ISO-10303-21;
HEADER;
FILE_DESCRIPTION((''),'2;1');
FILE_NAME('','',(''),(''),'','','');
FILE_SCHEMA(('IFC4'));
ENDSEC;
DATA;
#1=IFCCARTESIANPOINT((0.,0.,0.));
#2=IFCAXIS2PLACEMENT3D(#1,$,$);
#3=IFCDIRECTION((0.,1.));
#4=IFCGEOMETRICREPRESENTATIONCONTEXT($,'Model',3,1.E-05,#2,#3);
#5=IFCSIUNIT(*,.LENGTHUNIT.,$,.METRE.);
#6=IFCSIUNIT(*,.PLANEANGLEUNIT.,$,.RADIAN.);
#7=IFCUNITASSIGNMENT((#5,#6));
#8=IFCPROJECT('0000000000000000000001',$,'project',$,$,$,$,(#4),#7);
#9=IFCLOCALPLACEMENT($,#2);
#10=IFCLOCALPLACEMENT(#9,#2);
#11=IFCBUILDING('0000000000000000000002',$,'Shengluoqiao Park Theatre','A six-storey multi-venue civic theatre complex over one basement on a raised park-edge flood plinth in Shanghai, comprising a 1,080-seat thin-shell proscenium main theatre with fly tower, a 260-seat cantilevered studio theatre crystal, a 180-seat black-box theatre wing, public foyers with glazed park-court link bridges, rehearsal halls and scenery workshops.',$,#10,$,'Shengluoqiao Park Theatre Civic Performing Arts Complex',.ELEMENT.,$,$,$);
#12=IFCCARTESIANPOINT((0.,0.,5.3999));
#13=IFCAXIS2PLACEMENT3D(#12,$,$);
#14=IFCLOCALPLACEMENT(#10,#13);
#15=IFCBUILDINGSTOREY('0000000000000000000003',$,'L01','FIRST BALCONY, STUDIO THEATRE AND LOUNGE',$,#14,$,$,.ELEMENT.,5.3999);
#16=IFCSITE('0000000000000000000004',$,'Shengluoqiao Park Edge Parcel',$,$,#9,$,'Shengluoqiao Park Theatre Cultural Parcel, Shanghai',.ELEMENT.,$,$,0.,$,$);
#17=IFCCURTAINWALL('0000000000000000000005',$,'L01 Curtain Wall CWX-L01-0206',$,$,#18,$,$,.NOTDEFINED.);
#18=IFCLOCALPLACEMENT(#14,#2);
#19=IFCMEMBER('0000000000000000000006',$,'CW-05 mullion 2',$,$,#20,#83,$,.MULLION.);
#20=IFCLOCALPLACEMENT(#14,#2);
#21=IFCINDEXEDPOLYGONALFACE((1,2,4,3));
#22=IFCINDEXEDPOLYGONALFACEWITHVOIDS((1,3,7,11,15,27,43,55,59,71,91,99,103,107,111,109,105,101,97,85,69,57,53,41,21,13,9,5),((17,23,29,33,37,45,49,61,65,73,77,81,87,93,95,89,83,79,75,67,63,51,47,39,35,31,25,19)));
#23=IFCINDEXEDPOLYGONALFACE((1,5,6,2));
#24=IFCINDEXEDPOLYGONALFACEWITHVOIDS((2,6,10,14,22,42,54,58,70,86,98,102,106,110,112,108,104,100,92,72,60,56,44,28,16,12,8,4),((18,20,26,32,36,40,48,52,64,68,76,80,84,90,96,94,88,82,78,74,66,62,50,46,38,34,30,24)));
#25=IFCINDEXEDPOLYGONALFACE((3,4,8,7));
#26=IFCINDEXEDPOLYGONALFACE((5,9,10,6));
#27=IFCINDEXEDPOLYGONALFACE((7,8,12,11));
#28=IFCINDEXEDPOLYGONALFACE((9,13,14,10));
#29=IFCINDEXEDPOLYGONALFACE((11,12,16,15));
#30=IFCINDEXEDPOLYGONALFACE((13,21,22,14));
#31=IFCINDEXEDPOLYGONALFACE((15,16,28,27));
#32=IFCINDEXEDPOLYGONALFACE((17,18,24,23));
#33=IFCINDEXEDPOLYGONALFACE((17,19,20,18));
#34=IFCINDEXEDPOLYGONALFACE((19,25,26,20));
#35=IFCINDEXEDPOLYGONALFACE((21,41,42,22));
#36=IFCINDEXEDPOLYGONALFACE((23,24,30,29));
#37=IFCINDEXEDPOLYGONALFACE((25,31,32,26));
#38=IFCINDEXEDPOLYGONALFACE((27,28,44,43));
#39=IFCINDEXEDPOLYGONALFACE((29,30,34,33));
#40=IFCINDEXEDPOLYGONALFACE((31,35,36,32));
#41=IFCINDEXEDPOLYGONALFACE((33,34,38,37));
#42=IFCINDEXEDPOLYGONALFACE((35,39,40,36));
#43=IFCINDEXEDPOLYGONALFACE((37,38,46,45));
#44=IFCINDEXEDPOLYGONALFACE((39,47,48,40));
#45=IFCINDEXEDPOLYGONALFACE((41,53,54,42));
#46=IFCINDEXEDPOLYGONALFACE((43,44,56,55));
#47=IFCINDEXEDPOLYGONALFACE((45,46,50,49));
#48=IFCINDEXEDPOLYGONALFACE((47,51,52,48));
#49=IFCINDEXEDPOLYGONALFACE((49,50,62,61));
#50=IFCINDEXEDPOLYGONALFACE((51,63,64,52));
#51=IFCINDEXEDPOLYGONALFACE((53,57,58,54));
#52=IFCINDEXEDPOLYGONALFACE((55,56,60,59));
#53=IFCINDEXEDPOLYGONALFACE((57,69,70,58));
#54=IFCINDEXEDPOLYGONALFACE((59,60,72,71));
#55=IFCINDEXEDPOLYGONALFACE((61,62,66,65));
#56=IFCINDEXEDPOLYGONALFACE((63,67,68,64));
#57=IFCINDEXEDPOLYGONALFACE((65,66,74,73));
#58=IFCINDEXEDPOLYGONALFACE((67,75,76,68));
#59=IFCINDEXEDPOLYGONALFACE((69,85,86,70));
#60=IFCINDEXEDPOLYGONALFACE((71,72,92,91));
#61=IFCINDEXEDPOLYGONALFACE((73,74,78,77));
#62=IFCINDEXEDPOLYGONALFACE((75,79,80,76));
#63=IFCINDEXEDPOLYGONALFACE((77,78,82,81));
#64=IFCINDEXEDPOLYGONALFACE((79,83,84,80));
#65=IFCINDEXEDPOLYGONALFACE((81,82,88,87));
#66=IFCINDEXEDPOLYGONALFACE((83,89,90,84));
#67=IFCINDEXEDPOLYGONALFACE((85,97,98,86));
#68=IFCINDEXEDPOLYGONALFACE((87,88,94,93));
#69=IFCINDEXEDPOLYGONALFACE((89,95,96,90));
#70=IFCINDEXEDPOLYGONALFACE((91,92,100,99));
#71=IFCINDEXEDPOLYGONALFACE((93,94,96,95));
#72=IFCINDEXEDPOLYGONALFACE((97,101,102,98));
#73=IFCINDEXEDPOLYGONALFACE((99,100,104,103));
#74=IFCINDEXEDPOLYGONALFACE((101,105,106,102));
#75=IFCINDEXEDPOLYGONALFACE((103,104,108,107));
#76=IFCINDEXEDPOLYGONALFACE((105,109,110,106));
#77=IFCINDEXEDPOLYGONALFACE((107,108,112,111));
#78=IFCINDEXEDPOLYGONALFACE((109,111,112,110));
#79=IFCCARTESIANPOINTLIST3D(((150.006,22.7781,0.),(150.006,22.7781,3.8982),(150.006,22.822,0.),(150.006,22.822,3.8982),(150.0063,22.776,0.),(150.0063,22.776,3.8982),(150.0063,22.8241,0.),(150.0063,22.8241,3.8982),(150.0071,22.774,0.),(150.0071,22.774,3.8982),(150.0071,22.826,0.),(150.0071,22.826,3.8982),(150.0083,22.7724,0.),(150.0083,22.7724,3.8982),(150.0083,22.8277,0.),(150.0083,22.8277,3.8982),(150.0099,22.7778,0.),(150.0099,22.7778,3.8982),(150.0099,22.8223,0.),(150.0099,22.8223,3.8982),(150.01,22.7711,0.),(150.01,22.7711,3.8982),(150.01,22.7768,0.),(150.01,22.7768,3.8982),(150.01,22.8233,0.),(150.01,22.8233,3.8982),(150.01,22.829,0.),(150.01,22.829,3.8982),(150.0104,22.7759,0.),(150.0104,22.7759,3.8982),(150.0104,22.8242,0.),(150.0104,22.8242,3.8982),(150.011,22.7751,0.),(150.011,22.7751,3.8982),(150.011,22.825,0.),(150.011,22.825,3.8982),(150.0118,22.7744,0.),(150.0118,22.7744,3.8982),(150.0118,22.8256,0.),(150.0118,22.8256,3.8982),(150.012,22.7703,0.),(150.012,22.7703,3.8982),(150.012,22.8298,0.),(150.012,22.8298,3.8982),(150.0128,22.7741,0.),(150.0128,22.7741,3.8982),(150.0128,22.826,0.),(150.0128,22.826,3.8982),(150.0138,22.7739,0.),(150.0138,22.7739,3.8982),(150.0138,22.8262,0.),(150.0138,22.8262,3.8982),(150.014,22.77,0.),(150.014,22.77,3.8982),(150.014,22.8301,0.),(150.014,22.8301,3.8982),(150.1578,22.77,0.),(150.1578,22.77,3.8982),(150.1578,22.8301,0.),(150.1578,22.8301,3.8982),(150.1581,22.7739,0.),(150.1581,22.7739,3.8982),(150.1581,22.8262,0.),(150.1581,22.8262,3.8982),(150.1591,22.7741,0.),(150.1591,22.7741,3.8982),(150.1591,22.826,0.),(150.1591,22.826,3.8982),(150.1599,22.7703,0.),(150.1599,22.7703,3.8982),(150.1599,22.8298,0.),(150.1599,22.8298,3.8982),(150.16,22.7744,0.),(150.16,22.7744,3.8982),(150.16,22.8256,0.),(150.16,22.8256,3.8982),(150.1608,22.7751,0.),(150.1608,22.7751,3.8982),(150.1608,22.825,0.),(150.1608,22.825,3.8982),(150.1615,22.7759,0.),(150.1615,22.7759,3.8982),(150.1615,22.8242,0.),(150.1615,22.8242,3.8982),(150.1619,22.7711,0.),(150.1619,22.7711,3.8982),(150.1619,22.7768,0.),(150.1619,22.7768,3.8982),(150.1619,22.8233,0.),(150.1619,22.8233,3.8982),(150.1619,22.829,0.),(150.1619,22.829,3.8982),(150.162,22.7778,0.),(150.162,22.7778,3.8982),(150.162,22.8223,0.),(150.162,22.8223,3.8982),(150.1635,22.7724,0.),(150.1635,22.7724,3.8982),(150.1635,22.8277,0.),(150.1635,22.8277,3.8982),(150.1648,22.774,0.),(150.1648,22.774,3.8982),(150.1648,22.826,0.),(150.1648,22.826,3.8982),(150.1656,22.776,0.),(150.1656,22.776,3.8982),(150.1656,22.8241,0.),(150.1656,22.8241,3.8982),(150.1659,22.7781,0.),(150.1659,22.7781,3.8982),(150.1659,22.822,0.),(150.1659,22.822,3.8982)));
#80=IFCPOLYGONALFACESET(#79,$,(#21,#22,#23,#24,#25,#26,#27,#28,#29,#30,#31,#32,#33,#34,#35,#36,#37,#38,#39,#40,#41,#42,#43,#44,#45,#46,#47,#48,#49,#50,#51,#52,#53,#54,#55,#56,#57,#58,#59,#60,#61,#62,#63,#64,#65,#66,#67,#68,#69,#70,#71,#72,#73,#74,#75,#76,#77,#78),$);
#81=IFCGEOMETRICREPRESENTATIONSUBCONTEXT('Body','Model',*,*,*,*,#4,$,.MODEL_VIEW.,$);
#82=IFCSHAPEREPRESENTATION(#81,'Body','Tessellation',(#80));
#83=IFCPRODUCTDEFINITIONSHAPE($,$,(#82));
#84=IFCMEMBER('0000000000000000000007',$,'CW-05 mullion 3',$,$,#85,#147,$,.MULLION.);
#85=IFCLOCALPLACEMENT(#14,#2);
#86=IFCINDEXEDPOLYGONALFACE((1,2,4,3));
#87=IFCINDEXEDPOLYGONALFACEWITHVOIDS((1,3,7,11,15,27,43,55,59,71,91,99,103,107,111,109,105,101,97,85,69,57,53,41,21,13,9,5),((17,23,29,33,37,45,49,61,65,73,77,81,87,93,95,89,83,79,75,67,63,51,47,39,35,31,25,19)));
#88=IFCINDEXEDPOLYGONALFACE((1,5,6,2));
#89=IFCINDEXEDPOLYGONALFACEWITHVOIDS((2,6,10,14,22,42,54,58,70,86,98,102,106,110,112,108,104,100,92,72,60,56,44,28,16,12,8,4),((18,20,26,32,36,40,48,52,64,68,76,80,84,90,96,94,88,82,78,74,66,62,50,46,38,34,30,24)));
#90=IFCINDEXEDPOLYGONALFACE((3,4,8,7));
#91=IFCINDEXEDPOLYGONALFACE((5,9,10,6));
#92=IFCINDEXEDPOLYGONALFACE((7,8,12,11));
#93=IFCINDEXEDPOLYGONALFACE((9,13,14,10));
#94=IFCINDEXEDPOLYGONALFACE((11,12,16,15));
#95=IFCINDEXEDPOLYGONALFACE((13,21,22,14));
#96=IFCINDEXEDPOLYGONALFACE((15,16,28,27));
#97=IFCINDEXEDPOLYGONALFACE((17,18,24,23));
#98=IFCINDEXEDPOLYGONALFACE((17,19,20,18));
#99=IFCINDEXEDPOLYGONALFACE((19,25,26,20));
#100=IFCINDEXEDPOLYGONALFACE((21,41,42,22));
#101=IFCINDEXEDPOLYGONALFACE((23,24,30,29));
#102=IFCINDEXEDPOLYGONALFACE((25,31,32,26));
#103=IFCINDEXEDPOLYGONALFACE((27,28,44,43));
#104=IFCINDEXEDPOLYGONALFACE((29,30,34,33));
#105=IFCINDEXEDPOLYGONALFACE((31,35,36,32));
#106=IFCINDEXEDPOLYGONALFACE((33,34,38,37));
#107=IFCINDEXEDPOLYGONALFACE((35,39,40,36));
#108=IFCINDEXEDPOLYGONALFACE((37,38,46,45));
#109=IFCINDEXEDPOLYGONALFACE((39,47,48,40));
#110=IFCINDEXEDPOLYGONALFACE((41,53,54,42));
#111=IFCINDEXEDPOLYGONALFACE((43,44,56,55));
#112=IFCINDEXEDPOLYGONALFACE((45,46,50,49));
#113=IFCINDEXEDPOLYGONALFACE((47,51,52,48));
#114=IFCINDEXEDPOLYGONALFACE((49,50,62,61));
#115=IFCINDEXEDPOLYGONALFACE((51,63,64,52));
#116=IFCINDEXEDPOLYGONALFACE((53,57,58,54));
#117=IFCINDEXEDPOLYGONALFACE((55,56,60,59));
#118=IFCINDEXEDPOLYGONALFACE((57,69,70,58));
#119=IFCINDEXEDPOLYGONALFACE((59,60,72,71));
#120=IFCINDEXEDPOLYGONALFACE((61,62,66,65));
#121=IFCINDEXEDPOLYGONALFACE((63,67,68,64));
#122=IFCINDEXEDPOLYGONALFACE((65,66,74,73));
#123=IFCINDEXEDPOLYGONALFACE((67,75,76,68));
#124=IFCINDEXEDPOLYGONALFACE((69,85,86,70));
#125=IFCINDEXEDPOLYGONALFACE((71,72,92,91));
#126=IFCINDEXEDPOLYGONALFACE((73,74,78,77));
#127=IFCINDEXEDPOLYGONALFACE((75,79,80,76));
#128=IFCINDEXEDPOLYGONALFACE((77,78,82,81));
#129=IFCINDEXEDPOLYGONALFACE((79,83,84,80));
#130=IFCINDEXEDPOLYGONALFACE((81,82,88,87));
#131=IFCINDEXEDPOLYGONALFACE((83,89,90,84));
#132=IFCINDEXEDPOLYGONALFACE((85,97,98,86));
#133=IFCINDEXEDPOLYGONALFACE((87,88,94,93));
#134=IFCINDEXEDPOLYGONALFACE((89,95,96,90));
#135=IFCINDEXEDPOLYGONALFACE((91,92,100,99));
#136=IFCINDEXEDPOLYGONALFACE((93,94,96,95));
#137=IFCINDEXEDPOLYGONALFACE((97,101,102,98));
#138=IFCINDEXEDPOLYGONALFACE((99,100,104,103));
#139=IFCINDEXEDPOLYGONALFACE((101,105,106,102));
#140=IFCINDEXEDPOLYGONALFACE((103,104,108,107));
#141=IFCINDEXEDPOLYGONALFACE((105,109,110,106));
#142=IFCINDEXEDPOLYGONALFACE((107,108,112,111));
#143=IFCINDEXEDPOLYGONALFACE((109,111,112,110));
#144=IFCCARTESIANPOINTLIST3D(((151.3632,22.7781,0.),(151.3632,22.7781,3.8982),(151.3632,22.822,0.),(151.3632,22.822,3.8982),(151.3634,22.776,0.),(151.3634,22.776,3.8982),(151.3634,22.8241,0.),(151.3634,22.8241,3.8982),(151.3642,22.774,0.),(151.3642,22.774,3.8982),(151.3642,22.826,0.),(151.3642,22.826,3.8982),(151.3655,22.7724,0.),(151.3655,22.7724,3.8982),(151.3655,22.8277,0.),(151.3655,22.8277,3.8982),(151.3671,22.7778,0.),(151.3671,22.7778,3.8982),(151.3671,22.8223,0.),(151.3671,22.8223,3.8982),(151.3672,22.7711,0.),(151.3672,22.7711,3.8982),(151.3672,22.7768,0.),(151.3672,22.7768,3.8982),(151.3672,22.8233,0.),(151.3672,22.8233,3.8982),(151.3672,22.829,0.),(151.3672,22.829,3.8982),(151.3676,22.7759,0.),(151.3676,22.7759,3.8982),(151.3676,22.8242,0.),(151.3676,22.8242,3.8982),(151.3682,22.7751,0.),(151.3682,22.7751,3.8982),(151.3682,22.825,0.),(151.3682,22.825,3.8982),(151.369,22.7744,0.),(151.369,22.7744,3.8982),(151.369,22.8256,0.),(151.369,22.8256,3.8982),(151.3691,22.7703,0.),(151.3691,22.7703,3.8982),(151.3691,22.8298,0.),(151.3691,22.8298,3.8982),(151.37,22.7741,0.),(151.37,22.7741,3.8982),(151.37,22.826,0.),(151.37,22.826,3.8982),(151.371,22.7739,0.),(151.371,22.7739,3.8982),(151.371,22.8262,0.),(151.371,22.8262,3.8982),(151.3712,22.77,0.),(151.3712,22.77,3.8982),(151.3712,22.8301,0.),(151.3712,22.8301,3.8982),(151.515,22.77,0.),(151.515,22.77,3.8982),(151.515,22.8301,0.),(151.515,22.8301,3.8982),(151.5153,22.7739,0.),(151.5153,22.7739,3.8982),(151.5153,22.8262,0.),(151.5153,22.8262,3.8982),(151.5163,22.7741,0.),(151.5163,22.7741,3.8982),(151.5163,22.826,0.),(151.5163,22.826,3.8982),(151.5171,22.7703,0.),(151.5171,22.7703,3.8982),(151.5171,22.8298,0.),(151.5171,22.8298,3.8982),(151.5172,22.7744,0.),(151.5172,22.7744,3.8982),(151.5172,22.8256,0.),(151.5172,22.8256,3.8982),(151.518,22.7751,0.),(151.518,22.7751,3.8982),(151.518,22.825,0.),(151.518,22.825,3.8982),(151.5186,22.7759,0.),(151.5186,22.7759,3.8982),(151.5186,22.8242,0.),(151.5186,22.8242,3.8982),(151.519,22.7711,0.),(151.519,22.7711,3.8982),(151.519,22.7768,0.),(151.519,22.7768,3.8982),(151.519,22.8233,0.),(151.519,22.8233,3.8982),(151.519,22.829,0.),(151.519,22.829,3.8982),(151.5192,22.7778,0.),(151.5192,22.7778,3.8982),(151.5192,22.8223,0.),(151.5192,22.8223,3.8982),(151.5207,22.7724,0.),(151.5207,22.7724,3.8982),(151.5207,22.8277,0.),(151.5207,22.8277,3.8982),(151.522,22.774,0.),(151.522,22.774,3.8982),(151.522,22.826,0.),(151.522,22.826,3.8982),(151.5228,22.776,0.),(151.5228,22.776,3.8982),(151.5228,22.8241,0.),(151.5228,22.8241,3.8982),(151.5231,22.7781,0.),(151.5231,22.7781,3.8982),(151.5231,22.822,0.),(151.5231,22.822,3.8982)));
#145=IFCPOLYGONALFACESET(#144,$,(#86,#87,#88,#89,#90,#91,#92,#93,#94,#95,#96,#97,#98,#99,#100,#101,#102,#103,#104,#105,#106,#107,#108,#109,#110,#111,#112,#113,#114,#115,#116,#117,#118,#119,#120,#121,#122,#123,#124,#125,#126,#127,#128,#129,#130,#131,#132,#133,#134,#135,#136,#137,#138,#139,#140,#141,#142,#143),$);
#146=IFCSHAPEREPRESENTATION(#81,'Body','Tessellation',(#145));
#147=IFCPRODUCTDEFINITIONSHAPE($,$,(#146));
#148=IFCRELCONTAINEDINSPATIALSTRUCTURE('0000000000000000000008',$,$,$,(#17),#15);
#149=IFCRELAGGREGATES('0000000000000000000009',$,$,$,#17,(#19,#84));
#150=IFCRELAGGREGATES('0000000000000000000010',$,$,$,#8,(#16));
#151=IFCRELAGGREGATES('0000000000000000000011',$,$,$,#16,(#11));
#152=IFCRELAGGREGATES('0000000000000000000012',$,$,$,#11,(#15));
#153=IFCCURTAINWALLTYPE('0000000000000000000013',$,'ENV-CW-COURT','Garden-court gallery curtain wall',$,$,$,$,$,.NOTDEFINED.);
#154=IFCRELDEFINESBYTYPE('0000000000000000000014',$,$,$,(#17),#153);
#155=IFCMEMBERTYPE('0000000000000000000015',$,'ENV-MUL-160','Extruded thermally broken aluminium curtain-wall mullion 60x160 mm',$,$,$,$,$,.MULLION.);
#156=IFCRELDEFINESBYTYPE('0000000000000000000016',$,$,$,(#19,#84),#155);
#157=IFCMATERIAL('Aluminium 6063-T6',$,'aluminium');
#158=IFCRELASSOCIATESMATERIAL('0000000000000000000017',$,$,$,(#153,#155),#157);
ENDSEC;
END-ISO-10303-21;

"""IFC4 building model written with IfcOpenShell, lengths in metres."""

from ifc_helpers import new_model, si_unit, direction, frame, origin, origin_2d, place, context, subcontext, project, spatial, hollow_rectangle, extrude, material, material_profile, profile_set, type_object, element, aggregate, save


model = new_model("IFC4")

# Units and contexts
model_context = context("Model", 3, precision=1e-05, world=origin(), true_north=direction((0.0, 1.0)))
body_context = subcontext(model_context, "Body", "Model", "MODEL_VIEW")
ifc_project = project(units=[si_unit("LENGTHUNIT", "METRE"), si_unit("PLANEANGLEUNIT", "RADIAN")], contexts=[model_context])

# Site, building, storey
site_placement = place(None, origin())
site = spatial("IfcSite", under=ifc_project, at=site_placement, Name="Shengluoqiao Park Edge Parcel", LongName="Shengluoqiao Park Theatre Cultural Parcel, Shanghai", CompositionType="ELEMENT", RefElevation=0.0)
building_placement = place(site_placement, origin())
building = spatial("IfcBuilding", under=site, at=building_placement, Name="Shengluoqiao Park Theatre", Description="A six-storey multi-venue civic theatre complex over one basement on a raised park-edge flood plinth in Shanghai, comprising a 1,080-seat thin-shell proscenium main theatre with fly tower, a 260-seat cantilevered studio theatre crystal, a 180-seat black-box theatre wing, public foyers with glazed park-court link bridges, rehearsal halls and scenery workshops.", LongName="Shengluoqiao Park Theatre Civic Performing Arts Complex", CompositionType="ELEMENT")
storey_placement = place(building_placement, frame((0.0, 0.0, 5.3999)))
storey = spatial("IfcBuildingStorey", under=building, at=storey_placement, Name="L01", Description="FIRST BALCONY, STUDIO THEATRE AND LOUNGE", CompositionType="ELEMENT", Elevation=5.3999)

# Shared definitions
ifc_material_1 = material(Name="Aluminium 6063-T6", Category="aluminium")
curtain_wall_type = type_object("IfcCurtainWallType", Name="ENV-CW-COURT", Description="Garden-court gallery curtain wall", PredefinedType="NOTDEFINED", material=ifc_material_1)
ifc_material_profile_1 = material_profile(ifc_material_1, hollow_rectangle(XDim=0.0601, YDim=0.1599, WallThickness=0.0039, InnerFilletRadius=0.0039, OuterFilletRadius=0.0081, at=origin_2d()), Name="ALU MULLION 160x60x4")
ifc_profile_set_1 = profile_set([ifc_material_profile_1], Name="Aluminium 6063-T6")
member_type_1 = type_object("IfcMemberType", Name="ENV-MUL-160", Description="Extruded thermally broken aluminium curtain-wall mullion 60x160 mm", PredefinedType="MULLION", material=ifc_profile_set_1)

# Curtain wall, members
curtain_wall_1_placement = place(storey_placement, origin())
curtain_wall_1 = element("IfcCurtainWall", 1, at=curtain_wall_1_placement, inside=storey, type_object=curtain_wall_type, Name="L01 Curtain Wall CWX-L01-0206", PredefinedType="NOTDEFINED")
member_1_placement = place(storey_placement, frame((150.0859, 22.8, 0.0), z_axis=(0.0, 0.0, 1.0), x_axis=(0.0, 1.0, 0.0)))
member_1 = element("IfcMember", 2, at=member_1_placement, type_object=member_type_1, Name="CW-05 mullion 2", PredefinedType="MULLION", context=body_context, shape_type="SweptSolid", body=[
    extrude(hollow_rectangle(XDim=0.0601, YDim=0.1599, WallThickness=0.0039, InnerFilletRadius=0.0039, OuterFilletRadius=0.0081, at=origin_2d()), origin(), (0.0, 0.0, 1.0), 3.8982),
])
member_2_placement = place(storey_placement, frame((151.4431, 22.8, 0.0), z_axis=(0.0, 0.0, 1.0), x_axis=(0.0, 1.0, 0.0)))
member_2 = element("IfcMember", 3, at=member_2_placement, type_object=member_type_1, Name="CW-05 mullion 3", PredefinedType="MULLION", context=body_context, shape_type="SweptSolid", body=[
    extrude(hollow_rectangle(XDim=0.0601, YDim=0.1599, WallThickness=0.0039, InnerFilletRadius=0.0039, OuterFilletRadius=0.0081, at=origin_2d()), origin(), (0.0, 0.0, 1.0), 3.8982),
])

aggregate(curtain_wall_1, [member_1, member_2])

save(model, "model.ifc")
